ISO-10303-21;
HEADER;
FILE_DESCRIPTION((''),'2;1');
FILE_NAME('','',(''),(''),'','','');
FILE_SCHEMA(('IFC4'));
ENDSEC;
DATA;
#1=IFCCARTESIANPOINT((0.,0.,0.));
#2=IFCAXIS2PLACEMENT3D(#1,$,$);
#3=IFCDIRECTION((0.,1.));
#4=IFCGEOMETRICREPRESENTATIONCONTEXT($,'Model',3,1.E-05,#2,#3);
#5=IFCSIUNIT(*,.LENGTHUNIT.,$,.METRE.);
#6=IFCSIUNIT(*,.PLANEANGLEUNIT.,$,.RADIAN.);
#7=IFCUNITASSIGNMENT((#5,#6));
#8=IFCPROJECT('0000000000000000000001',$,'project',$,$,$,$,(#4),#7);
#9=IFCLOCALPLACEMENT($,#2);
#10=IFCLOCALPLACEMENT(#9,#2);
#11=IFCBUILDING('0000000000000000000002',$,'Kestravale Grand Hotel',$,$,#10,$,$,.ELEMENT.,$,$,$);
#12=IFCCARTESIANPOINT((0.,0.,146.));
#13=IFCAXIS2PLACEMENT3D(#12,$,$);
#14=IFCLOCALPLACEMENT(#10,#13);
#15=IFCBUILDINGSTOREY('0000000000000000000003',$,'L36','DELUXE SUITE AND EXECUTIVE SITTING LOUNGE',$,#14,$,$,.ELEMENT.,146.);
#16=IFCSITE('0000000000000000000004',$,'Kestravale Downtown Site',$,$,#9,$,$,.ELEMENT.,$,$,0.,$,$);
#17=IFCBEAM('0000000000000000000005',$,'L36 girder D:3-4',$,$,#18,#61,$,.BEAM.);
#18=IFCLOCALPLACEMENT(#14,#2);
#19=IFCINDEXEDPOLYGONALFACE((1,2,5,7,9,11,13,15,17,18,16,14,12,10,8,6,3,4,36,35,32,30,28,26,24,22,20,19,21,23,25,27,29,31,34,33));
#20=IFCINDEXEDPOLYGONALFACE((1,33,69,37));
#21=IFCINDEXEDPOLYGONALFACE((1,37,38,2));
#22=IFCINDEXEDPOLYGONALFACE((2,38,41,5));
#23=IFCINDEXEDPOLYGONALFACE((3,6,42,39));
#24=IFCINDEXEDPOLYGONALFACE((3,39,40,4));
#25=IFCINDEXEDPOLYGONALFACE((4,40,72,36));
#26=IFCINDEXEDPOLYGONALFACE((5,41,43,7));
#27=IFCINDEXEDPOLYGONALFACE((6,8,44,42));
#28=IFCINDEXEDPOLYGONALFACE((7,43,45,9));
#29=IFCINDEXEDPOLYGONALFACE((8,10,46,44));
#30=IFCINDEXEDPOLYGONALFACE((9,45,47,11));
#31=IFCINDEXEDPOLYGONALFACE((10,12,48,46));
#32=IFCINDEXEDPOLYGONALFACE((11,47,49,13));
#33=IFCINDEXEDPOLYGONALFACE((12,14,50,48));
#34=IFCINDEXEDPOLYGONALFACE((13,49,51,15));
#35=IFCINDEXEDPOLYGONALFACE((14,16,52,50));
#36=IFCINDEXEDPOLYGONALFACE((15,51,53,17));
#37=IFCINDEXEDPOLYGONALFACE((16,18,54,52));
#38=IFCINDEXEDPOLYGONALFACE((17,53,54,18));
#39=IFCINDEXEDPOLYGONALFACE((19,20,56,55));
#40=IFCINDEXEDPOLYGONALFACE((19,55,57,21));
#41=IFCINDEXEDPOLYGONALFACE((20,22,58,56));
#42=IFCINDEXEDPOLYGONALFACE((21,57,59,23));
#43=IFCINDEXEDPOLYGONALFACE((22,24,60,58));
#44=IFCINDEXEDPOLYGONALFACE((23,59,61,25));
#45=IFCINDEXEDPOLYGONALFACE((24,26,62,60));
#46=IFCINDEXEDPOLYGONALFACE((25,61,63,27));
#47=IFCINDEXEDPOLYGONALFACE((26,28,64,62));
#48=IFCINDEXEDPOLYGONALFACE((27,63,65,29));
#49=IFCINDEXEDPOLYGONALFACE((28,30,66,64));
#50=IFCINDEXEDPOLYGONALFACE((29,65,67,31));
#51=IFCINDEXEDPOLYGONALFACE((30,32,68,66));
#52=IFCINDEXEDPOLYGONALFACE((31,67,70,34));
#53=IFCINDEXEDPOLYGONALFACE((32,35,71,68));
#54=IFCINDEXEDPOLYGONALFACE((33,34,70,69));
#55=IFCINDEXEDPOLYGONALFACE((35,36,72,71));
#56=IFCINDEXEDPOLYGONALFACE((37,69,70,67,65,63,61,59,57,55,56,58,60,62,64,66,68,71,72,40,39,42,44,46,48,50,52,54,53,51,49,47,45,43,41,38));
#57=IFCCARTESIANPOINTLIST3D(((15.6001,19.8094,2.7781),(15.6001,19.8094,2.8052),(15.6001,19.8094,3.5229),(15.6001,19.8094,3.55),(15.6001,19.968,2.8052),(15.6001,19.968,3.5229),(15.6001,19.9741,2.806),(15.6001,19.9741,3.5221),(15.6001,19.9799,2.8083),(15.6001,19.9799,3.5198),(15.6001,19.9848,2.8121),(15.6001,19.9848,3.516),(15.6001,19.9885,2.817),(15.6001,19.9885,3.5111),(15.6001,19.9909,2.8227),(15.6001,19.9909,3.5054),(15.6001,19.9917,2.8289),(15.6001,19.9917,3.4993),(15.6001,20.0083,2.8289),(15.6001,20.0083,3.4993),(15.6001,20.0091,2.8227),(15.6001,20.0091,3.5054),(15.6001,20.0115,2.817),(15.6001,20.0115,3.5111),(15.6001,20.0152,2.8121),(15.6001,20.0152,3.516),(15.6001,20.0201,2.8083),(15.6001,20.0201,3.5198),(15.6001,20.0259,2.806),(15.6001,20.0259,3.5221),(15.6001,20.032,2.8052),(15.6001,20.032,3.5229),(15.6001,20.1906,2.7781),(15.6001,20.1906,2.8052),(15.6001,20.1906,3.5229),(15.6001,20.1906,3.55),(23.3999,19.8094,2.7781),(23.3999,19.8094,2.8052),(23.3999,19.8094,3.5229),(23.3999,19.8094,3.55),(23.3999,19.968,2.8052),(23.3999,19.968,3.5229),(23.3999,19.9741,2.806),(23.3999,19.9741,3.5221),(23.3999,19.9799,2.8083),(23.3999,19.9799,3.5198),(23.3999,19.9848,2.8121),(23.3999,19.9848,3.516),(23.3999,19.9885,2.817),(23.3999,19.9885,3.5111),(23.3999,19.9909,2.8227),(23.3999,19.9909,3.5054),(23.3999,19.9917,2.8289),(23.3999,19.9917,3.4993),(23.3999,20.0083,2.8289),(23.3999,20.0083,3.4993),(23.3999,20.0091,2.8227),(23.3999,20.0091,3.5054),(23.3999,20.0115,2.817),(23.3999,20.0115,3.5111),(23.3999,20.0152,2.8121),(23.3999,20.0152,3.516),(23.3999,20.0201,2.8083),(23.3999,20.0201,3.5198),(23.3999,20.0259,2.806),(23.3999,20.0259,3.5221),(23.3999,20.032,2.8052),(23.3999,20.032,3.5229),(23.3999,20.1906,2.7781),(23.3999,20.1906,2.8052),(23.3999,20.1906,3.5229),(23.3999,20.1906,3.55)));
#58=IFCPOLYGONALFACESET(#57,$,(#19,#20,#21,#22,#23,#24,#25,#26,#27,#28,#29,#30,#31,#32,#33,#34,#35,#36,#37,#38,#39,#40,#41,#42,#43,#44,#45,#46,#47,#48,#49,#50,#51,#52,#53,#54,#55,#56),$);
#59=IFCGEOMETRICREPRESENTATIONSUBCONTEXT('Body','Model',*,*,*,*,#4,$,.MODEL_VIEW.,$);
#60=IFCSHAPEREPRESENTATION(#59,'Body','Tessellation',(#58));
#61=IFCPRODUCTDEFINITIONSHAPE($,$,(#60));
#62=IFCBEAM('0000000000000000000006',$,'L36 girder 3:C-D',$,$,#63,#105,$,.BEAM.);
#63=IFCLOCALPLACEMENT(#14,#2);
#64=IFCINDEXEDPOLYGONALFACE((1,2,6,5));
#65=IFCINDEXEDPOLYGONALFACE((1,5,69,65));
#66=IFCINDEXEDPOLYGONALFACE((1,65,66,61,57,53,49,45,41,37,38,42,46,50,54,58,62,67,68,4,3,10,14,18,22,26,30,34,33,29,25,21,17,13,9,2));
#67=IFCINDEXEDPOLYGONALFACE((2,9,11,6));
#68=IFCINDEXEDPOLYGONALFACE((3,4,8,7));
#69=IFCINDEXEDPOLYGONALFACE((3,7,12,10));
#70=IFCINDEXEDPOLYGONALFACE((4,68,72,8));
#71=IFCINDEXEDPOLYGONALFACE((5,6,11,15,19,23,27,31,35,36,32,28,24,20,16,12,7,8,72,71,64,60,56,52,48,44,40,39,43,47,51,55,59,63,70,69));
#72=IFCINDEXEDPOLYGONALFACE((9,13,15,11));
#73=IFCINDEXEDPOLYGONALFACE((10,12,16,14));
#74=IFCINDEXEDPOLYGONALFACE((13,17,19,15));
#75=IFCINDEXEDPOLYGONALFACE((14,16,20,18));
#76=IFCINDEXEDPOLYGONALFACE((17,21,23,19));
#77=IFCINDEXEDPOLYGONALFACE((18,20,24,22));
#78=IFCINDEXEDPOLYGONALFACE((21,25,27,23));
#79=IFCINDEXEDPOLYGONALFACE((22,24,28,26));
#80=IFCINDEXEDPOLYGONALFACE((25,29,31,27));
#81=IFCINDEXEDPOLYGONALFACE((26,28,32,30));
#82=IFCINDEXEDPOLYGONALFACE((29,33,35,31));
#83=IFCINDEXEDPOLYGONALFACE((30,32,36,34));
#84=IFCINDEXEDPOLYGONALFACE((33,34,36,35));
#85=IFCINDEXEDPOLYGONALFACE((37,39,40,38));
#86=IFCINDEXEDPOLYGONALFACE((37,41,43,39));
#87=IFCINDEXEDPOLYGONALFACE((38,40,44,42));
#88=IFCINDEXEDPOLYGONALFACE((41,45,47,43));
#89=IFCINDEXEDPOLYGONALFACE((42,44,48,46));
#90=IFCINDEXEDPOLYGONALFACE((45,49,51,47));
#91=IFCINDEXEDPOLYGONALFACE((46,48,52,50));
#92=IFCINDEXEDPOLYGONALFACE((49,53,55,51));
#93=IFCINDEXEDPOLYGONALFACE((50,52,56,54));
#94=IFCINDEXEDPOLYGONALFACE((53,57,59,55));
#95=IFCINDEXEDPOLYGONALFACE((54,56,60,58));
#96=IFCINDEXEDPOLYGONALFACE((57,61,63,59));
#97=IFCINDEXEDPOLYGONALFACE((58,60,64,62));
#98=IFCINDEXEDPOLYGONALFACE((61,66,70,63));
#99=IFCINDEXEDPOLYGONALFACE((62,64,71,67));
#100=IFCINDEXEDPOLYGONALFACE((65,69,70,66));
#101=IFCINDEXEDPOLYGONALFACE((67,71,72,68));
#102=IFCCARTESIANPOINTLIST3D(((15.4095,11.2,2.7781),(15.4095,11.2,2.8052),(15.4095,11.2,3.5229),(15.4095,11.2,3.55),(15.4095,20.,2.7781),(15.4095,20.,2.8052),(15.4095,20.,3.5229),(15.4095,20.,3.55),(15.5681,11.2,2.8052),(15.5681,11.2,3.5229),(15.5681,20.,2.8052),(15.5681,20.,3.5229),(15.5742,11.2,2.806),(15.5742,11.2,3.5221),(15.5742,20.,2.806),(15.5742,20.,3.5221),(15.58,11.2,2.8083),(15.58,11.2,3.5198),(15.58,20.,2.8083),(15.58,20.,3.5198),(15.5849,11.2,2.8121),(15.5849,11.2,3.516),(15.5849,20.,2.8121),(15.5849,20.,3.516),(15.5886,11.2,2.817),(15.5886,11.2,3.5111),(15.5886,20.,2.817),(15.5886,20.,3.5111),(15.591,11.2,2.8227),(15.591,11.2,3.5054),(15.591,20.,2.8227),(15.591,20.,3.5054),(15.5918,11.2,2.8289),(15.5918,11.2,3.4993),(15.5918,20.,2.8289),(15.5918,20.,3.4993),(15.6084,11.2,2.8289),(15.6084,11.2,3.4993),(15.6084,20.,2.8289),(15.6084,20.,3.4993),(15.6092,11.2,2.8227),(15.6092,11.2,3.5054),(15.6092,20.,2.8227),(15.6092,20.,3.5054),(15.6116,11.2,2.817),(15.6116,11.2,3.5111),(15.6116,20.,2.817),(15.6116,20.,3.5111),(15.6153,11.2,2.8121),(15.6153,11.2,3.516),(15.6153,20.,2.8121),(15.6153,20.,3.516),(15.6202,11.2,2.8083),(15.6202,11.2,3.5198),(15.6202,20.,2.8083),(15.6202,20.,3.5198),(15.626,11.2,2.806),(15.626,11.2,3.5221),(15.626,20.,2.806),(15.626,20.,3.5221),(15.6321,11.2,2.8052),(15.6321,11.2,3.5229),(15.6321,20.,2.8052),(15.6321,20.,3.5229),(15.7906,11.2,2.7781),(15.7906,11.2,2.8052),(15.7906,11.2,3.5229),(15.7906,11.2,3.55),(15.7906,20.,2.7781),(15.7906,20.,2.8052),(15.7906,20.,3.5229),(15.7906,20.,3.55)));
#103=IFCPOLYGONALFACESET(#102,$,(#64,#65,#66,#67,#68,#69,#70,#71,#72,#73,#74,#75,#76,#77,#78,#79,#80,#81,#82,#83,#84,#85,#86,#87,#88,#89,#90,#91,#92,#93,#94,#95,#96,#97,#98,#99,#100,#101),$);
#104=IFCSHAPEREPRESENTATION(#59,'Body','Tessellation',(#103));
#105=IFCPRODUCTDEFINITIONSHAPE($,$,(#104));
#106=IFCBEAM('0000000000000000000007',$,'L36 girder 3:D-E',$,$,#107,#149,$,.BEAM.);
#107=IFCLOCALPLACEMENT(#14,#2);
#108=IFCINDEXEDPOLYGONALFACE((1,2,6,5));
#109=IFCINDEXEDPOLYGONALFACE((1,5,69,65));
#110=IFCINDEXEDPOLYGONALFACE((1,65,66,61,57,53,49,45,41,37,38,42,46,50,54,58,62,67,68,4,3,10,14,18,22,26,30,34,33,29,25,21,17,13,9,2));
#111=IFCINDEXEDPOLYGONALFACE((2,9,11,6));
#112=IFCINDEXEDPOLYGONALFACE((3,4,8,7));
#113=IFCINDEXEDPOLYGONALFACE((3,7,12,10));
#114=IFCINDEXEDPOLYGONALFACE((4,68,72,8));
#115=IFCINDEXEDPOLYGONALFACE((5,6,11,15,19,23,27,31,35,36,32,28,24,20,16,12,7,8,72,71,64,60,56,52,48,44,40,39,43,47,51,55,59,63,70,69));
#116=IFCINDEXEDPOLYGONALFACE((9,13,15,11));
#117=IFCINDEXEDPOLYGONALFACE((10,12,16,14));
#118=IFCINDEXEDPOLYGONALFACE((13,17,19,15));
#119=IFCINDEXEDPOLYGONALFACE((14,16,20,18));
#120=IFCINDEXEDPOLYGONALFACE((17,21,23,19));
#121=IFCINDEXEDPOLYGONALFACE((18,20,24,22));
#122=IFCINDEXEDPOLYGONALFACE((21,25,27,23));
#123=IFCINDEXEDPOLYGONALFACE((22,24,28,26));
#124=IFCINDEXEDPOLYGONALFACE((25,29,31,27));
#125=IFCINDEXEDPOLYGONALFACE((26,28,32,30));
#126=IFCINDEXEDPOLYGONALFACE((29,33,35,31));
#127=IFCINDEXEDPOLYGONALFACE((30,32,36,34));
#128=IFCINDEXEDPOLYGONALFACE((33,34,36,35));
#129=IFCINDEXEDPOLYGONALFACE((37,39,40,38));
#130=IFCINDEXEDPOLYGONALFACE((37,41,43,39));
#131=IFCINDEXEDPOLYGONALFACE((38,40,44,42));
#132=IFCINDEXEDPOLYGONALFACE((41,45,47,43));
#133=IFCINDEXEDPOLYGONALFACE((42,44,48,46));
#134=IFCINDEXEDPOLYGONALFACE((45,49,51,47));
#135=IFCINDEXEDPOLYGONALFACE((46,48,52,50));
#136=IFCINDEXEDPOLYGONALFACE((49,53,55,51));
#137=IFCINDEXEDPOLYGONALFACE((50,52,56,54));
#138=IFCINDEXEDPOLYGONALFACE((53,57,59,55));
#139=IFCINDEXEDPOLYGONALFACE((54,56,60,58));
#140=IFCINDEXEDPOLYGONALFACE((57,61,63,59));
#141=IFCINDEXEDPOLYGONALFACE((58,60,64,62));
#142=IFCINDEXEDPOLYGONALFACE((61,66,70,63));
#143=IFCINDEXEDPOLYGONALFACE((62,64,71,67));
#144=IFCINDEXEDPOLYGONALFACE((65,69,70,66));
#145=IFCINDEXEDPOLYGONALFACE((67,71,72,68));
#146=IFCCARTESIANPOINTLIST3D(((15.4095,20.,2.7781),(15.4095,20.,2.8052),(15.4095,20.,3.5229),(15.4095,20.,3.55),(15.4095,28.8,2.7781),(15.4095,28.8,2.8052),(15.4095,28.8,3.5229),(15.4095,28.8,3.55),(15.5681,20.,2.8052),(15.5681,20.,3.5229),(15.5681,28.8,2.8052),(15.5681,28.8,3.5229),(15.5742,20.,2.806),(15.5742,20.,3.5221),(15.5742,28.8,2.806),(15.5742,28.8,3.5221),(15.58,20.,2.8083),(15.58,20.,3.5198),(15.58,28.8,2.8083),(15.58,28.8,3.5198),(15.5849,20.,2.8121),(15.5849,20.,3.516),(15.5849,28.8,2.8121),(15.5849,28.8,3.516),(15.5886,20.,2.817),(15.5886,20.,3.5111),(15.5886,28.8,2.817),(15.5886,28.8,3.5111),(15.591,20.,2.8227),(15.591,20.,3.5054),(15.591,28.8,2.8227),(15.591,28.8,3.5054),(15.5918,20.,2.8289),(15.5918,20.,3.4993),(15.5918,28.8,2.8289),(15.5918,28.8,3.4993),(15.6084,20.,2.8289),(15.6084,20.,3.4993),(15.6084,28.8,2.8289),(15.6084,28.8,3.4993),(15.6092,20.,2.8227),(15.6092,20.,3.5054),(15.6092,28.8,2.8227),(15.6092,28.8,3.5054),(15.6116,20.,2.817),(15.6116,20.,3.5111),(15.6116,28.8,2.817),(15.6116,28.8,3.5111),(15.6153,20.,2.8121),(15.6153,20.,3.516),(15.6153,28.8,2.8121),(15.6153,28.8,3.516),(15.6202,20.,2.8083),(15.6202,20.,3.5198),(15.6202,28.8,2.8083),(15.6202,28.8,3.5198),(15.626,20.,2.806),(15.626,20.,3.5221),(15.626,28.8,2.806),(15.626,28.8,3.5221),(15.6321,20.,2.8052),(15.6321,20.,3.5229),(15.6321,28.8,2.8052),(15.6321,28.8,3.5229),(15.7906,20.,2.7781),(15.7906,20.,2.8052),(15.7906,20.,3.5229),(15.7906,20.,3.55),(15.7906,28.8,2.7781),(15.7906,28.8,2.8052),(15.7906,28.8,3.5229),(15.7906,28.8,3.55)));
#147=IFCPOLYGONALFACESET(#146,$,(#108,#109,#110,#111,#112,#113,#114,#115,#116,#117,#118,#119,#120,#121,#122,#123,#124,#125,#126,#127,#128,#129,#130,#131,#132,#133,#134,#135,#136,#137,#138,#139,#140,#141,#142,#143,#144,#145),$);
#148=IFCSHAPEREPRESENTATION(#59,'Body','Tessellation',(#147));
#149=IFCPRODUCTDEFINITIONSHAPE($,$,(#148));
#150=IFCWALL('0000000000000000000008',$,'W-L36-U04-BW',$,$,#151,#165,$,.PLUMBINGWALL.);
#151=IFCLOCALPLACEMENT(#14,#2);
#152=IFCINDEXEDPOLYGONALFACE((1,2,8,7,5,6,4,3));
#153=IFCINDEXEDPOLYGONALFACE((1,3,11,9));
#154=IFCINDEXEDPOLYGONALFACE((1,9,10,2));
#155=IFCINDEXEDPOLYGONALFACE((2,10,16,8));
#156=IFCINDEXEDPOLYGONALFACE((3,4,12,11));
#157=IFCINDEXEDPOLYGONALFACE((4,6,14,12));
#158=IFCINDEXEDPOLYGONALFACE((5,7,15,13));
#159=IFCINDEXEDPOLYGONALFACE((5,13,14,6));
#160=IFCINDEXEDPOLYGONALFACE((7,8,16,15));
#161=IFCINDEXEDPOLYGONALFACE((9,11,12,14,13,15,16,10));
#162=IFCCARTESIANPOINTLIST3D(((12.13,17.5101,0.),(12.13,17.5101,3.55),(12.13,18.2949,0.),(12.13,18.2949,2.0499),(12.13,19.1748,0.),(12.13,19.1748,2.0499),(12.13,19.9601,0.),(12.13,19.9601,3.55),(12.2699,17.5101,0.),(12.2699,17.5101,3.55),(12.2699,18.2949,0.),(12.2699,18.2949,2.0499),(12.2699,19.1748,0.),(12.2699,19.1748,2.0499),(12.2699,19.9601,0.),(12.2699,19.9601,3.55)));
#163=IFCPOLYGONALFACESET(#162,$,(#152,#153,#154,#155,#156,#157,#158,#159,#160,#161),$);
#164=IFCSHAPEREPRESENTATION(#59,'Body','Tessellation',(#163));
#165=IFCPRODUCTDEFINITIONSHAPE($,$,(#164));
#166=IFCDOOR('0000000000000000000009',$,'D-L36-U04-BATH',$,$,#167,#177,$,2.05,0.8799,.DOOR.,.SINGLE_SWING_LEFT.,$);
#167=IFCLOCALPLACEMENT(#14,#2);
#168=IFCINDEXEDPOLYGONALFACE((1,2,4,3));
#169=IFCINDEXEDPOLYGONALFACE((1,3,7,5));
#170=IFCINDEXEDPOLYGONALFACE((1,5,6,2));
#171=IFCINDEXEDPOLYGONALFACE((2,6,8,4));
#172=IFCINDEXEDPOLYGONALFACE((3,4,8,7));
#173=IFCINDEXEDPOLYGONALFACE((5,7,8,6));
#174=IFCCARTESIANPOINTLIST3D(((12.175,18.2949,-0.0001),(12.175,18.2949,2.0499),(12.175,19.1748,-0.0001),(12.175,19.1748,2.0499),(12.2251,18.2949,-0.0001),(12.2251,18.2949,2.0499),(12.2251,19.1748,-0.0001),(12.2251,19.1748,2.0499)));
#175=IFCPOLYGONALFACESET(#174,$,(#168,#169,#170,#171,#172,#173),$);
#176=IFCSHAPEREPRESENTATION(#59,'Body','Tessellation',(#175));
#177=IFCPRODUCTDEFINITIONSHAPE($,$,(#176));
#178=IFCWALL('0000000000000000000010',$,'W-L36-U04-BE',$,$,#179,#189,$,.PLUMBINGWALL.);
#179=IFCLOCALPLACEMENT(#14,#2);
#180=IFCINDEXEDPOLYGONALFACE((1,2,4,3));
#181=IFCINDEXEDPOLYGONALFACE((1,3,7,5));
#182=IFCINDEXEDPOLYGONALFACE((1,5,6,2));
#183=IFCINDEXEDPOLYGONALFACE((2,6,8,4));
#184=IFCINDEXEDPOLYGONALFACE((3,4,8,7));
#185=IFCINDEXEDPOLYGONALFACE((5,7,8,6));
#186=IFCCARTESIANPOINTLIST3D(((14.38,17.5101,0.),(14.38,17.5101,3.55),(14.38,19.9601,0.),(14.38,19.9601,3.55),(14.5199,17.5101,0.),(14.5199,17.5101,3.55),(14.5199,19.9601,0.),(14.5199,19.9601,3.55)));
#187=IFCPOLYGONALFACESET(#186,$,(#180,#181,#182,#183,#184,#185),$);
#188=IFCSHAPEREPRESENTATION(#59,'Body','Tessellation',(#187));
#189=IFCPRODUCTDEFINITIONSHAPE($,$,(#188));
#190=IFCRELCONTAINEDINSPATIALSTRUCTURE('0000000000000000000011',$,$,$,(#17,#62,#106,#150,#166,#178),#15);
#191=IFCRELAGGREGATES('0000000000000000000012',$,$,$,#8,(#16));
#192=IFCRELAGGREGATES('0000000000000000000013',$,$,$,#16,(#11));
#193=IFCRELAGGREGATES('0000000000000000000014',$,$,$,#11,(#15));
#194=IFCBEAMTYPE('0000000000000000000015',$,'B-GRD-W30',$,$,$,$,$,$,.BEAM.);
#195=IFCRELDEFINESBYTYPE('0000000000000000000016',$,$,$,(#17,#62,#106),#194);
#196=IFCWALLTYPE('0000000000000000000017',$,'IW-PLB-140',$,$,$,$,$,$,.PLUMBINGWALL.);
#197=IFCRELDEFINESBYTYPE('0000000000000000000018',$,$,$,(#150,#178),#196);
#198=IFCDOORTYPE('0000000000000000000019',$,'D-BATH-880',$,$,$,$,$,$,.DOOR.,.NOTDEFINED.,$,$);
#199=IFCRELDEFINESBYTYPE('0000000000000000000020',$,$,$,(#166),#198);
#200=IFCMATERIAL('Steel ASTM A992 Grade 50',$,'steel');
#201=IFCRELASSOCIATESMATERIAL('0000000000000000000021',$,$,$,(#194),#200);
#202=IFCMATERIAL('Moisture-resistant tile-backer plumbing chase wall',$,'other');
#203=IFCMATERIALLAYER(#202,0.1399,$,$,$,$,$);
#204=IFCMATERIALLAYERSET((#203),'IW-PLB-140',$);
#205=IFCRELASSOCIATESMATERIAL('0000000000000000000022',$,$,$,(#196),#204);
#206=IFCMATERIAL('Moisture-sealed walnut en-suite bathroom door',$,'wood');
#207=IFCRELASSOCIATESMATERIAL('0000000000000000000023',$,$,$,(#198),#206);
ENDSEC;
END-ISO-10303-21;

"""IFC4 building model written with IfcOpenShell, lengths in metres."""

from ifc_helpers import new_model, si_unit, direction, frame, frame_2d, origin, origin_2d, place, context, subcontext, project, spatial, rectangle, i_section, extrude, material, layer, layer_set, material_profile, profile_set, type_object, element, fill, save


model = new_model("IFC4")

# Units and contexts
model_context = context("Model", 3, precision=1e-05, world=origin(), true_north=direction((0.0, 1.0)))
body_context = subcontext(model_context, "Body", "Model", "MODEL_VIEW")
ifc_project = project(units=[si_unit("LENGTHUNIT", "METRE"), si_unit("PLANEANGLEUNIT", "RADIAN")], contexts=[model_context])

# Site, building, storey
site_placement = place(None, origin())
site = spatial("IfcSite", under=ifc_project, at=site_placement, Name="Kestravale Downtown Site", CompositionType="ELEMENT", RefElevation=0.0)
building_placement = place(site_placement, origin())
building = spatial("IfcBuilding", under=site, at=building_placement, Name="Kestravale Grand Hotel", CompositionType="ELEMENT")
storey_placement = place(building_placement, frame((0.0, 0.0, 146.0)))
storey = spatial("IfcBuildingStorey", under=building, at=storey_placement, Name="L36", Description="DELUXE SUITE AND EXECUTIVE SITTING LOUNGE", CompositionType="ELEMENT", Elevation=146.0)

# Beams
ifc_material_1 = material(Name="Steel ASTM A992 Grade 50", Category="steel")
ifc_material_profile_1 = material_profile(ifc_material_1, i_section(OverallWidth=0.3811, OverallDepth=0.772, WebThickness=0.0166, FlangeThickness=0.0271, FilletRadius=0.0237, at=origin_2d()))
ifc_profile_set_1 = profile_set([ifc_material_profile_1], Name="Steel ASTM A992 Grade 50")
beam_type_1 = type_object("IfcBeamType", Name="B-GRD-W30", PredefinedType="BEAM", material=ifc_profile_set_1)
beam_1_placement = place(storey_placement, frame((15.6001, 20.0, 3.1641), z_axis=(1.0, 0.0, 0.0), x_axis=(0.0, 1.0, 0.0)))
element("IfcBeam", 1, at=beam_1_placement, inside=storey, type_object=beam_type_1, Name="L36 girder D:3-4", PredefinedType="BEAM", context=body_context, shape_type="SweptSolid", body=[
    extrude(i_section(OverallWidth=0.3811, OverallDepth=0.772, WebThickness=0.0166, FlangeThickness=0.0271, FilletRadius=0.0237, at=origin_2d()), origin(), (0.0, 0.0, 1.0), 7.7998),
])
for number, where, z_axis, x_axis, name in (
    (2, (15.6001, 11.2, 3.1641), (0.0, 1.0, 0.0), (-1.0, 0.0, 0.0), "L36 girder 3:C-D"),
    (3, (15.6001, 20.0, 3.1641), (0.0, 1.0, 0.0), (-1.0, 0.0, 0.0), "L36 girder 3:D-E"),
):
    element("IfcBeam", number, at=place(storey_placement, frame(where, z_axis=z_axis, x_axis=x_axis)), inside=storey, type_object=beam_type_1, Name=name, PredefinedType="BEAM", context=body_context, shape_type="SweptSolid", body=[
        extrude(i_section(OverallWidth=0.3811, OverallDepth=0.772, WebThickness=0.0166, FlangeThickness=0.0271, FilletRadius=0.0237, at=origin_2d()), origin(), (0.0, 0.0, 1.0), 8.8),
    ])

# Wall, opening, door
ifc_material_2 = material(Name="Moisture-resistant tile-backer plumbing chase wall", Category="other")
ifc_layer_1 = layer(ifc_material_2, 0.1399)
ifc_layer_set_1 = layer_set([ifc_layer_1], Name="IW-PLB-140")
wall_type_1 = type_object("IfcWallType", Name="IW-PLB-140", PredefinedType="PLUMBINGWALL", material=ifc_layer_set_1)
wall_1_placement = place(storey_placement, frame((12.2, 17.51, 0.0), z_axis=(0.0, 0.0, 1.0), x_axis=(0.0, 1.0, 0.0)))
wall_1 = element("IfcWall", 4, at=wall_1_placement, inside=storey, type_object=wall_type_1, Name="W-L36-U04-BW", PredefinedType="PLUMBINGWALL", context=body_context, shape_type="SweptSolid", body=[
    extrude(rectangle(XDim=2.45, YDim=0.1399, at=frame_2d((1.2251, 0.0))), origin(), (0.0, 0.0, 1.0), 3.55),
])
opening_1_placement = place(wall_1_placement, frame((0.7849, 0.0, 0.0)))
opening_1 = element("IfcOpeningElement", 5, at=opening_1_placement, cuts=wall_1, PredefinedType="OPENING", context=body_context, shape_type="SweptSolid", body=[
    extrude(rectangle(XDim=0.8799, YDim=2.05, at=frame_2d((0.4399, 1.0249))), frame((0.0, 0.0798, 0.0), z_axis=(0.0, -1.0, 0.0), x_axis=(1.0, 0.0, 0.0)), (0.0, 0.0, 1.0), 0.1599),
])
ifc_material_3 = material(Name="Moisture-sealed walnut en-suite bathroom door", Category="wood")
door_type = type_object("IfcDoorType", Name="D-BATH-880", OperationType="NOTDEFINED", PredefinedType="DOOR", material=ifc_material_3)
door_1_placement = place(opening_1_placement, origin())
door_1 = element("IfcDoor", 6, at=door_1_placement, inside=storey, type_object=door_type, Name="D-L36-U04-BATH", OperationType="SINGLE_SWING_LEFT", OverallHeight=2.05, OverallWidth=0.8799, PredefinedType="DOOR", context=body_context, shape_type="SweptSolid", body=[
    extrude(rectangle(XDim=0.8799, YDim=2.05, at=frame_2d((0.4399, 1.0249))), frame((0.0, 0.0249, 0.0), z_axis=(0.0, -1.0, 0.0), x_axis=(1.0, 0.0, 0.0)), (0.0, 0.0, 1.0), 0.05),
])
fill(opening_1, door_1)

# Wall
wall_2_placement = place(storey_placement, frame((14.45, 17.51, 0.0), z_axis=(0.0, 0.0, 1.0), x_axis=(0.0, 1.0, 0.0)))
element("IfcWall", 7, at=wall_2_placement, inside=storey, type_object=wall_type_1, Name="W-L36-U04-BE", PredefinedType="PLUMBINGWALL", context=body_context, shape_type="SweptSolid", body=[
    extrude(rectangle(XDim=2.45, YDim=0.1399, at=frame_2d((1.2251, 0.0))), origin(), (0.0, 0.0, 1.0), 3.55),
])

save(model, "model.ifc")
